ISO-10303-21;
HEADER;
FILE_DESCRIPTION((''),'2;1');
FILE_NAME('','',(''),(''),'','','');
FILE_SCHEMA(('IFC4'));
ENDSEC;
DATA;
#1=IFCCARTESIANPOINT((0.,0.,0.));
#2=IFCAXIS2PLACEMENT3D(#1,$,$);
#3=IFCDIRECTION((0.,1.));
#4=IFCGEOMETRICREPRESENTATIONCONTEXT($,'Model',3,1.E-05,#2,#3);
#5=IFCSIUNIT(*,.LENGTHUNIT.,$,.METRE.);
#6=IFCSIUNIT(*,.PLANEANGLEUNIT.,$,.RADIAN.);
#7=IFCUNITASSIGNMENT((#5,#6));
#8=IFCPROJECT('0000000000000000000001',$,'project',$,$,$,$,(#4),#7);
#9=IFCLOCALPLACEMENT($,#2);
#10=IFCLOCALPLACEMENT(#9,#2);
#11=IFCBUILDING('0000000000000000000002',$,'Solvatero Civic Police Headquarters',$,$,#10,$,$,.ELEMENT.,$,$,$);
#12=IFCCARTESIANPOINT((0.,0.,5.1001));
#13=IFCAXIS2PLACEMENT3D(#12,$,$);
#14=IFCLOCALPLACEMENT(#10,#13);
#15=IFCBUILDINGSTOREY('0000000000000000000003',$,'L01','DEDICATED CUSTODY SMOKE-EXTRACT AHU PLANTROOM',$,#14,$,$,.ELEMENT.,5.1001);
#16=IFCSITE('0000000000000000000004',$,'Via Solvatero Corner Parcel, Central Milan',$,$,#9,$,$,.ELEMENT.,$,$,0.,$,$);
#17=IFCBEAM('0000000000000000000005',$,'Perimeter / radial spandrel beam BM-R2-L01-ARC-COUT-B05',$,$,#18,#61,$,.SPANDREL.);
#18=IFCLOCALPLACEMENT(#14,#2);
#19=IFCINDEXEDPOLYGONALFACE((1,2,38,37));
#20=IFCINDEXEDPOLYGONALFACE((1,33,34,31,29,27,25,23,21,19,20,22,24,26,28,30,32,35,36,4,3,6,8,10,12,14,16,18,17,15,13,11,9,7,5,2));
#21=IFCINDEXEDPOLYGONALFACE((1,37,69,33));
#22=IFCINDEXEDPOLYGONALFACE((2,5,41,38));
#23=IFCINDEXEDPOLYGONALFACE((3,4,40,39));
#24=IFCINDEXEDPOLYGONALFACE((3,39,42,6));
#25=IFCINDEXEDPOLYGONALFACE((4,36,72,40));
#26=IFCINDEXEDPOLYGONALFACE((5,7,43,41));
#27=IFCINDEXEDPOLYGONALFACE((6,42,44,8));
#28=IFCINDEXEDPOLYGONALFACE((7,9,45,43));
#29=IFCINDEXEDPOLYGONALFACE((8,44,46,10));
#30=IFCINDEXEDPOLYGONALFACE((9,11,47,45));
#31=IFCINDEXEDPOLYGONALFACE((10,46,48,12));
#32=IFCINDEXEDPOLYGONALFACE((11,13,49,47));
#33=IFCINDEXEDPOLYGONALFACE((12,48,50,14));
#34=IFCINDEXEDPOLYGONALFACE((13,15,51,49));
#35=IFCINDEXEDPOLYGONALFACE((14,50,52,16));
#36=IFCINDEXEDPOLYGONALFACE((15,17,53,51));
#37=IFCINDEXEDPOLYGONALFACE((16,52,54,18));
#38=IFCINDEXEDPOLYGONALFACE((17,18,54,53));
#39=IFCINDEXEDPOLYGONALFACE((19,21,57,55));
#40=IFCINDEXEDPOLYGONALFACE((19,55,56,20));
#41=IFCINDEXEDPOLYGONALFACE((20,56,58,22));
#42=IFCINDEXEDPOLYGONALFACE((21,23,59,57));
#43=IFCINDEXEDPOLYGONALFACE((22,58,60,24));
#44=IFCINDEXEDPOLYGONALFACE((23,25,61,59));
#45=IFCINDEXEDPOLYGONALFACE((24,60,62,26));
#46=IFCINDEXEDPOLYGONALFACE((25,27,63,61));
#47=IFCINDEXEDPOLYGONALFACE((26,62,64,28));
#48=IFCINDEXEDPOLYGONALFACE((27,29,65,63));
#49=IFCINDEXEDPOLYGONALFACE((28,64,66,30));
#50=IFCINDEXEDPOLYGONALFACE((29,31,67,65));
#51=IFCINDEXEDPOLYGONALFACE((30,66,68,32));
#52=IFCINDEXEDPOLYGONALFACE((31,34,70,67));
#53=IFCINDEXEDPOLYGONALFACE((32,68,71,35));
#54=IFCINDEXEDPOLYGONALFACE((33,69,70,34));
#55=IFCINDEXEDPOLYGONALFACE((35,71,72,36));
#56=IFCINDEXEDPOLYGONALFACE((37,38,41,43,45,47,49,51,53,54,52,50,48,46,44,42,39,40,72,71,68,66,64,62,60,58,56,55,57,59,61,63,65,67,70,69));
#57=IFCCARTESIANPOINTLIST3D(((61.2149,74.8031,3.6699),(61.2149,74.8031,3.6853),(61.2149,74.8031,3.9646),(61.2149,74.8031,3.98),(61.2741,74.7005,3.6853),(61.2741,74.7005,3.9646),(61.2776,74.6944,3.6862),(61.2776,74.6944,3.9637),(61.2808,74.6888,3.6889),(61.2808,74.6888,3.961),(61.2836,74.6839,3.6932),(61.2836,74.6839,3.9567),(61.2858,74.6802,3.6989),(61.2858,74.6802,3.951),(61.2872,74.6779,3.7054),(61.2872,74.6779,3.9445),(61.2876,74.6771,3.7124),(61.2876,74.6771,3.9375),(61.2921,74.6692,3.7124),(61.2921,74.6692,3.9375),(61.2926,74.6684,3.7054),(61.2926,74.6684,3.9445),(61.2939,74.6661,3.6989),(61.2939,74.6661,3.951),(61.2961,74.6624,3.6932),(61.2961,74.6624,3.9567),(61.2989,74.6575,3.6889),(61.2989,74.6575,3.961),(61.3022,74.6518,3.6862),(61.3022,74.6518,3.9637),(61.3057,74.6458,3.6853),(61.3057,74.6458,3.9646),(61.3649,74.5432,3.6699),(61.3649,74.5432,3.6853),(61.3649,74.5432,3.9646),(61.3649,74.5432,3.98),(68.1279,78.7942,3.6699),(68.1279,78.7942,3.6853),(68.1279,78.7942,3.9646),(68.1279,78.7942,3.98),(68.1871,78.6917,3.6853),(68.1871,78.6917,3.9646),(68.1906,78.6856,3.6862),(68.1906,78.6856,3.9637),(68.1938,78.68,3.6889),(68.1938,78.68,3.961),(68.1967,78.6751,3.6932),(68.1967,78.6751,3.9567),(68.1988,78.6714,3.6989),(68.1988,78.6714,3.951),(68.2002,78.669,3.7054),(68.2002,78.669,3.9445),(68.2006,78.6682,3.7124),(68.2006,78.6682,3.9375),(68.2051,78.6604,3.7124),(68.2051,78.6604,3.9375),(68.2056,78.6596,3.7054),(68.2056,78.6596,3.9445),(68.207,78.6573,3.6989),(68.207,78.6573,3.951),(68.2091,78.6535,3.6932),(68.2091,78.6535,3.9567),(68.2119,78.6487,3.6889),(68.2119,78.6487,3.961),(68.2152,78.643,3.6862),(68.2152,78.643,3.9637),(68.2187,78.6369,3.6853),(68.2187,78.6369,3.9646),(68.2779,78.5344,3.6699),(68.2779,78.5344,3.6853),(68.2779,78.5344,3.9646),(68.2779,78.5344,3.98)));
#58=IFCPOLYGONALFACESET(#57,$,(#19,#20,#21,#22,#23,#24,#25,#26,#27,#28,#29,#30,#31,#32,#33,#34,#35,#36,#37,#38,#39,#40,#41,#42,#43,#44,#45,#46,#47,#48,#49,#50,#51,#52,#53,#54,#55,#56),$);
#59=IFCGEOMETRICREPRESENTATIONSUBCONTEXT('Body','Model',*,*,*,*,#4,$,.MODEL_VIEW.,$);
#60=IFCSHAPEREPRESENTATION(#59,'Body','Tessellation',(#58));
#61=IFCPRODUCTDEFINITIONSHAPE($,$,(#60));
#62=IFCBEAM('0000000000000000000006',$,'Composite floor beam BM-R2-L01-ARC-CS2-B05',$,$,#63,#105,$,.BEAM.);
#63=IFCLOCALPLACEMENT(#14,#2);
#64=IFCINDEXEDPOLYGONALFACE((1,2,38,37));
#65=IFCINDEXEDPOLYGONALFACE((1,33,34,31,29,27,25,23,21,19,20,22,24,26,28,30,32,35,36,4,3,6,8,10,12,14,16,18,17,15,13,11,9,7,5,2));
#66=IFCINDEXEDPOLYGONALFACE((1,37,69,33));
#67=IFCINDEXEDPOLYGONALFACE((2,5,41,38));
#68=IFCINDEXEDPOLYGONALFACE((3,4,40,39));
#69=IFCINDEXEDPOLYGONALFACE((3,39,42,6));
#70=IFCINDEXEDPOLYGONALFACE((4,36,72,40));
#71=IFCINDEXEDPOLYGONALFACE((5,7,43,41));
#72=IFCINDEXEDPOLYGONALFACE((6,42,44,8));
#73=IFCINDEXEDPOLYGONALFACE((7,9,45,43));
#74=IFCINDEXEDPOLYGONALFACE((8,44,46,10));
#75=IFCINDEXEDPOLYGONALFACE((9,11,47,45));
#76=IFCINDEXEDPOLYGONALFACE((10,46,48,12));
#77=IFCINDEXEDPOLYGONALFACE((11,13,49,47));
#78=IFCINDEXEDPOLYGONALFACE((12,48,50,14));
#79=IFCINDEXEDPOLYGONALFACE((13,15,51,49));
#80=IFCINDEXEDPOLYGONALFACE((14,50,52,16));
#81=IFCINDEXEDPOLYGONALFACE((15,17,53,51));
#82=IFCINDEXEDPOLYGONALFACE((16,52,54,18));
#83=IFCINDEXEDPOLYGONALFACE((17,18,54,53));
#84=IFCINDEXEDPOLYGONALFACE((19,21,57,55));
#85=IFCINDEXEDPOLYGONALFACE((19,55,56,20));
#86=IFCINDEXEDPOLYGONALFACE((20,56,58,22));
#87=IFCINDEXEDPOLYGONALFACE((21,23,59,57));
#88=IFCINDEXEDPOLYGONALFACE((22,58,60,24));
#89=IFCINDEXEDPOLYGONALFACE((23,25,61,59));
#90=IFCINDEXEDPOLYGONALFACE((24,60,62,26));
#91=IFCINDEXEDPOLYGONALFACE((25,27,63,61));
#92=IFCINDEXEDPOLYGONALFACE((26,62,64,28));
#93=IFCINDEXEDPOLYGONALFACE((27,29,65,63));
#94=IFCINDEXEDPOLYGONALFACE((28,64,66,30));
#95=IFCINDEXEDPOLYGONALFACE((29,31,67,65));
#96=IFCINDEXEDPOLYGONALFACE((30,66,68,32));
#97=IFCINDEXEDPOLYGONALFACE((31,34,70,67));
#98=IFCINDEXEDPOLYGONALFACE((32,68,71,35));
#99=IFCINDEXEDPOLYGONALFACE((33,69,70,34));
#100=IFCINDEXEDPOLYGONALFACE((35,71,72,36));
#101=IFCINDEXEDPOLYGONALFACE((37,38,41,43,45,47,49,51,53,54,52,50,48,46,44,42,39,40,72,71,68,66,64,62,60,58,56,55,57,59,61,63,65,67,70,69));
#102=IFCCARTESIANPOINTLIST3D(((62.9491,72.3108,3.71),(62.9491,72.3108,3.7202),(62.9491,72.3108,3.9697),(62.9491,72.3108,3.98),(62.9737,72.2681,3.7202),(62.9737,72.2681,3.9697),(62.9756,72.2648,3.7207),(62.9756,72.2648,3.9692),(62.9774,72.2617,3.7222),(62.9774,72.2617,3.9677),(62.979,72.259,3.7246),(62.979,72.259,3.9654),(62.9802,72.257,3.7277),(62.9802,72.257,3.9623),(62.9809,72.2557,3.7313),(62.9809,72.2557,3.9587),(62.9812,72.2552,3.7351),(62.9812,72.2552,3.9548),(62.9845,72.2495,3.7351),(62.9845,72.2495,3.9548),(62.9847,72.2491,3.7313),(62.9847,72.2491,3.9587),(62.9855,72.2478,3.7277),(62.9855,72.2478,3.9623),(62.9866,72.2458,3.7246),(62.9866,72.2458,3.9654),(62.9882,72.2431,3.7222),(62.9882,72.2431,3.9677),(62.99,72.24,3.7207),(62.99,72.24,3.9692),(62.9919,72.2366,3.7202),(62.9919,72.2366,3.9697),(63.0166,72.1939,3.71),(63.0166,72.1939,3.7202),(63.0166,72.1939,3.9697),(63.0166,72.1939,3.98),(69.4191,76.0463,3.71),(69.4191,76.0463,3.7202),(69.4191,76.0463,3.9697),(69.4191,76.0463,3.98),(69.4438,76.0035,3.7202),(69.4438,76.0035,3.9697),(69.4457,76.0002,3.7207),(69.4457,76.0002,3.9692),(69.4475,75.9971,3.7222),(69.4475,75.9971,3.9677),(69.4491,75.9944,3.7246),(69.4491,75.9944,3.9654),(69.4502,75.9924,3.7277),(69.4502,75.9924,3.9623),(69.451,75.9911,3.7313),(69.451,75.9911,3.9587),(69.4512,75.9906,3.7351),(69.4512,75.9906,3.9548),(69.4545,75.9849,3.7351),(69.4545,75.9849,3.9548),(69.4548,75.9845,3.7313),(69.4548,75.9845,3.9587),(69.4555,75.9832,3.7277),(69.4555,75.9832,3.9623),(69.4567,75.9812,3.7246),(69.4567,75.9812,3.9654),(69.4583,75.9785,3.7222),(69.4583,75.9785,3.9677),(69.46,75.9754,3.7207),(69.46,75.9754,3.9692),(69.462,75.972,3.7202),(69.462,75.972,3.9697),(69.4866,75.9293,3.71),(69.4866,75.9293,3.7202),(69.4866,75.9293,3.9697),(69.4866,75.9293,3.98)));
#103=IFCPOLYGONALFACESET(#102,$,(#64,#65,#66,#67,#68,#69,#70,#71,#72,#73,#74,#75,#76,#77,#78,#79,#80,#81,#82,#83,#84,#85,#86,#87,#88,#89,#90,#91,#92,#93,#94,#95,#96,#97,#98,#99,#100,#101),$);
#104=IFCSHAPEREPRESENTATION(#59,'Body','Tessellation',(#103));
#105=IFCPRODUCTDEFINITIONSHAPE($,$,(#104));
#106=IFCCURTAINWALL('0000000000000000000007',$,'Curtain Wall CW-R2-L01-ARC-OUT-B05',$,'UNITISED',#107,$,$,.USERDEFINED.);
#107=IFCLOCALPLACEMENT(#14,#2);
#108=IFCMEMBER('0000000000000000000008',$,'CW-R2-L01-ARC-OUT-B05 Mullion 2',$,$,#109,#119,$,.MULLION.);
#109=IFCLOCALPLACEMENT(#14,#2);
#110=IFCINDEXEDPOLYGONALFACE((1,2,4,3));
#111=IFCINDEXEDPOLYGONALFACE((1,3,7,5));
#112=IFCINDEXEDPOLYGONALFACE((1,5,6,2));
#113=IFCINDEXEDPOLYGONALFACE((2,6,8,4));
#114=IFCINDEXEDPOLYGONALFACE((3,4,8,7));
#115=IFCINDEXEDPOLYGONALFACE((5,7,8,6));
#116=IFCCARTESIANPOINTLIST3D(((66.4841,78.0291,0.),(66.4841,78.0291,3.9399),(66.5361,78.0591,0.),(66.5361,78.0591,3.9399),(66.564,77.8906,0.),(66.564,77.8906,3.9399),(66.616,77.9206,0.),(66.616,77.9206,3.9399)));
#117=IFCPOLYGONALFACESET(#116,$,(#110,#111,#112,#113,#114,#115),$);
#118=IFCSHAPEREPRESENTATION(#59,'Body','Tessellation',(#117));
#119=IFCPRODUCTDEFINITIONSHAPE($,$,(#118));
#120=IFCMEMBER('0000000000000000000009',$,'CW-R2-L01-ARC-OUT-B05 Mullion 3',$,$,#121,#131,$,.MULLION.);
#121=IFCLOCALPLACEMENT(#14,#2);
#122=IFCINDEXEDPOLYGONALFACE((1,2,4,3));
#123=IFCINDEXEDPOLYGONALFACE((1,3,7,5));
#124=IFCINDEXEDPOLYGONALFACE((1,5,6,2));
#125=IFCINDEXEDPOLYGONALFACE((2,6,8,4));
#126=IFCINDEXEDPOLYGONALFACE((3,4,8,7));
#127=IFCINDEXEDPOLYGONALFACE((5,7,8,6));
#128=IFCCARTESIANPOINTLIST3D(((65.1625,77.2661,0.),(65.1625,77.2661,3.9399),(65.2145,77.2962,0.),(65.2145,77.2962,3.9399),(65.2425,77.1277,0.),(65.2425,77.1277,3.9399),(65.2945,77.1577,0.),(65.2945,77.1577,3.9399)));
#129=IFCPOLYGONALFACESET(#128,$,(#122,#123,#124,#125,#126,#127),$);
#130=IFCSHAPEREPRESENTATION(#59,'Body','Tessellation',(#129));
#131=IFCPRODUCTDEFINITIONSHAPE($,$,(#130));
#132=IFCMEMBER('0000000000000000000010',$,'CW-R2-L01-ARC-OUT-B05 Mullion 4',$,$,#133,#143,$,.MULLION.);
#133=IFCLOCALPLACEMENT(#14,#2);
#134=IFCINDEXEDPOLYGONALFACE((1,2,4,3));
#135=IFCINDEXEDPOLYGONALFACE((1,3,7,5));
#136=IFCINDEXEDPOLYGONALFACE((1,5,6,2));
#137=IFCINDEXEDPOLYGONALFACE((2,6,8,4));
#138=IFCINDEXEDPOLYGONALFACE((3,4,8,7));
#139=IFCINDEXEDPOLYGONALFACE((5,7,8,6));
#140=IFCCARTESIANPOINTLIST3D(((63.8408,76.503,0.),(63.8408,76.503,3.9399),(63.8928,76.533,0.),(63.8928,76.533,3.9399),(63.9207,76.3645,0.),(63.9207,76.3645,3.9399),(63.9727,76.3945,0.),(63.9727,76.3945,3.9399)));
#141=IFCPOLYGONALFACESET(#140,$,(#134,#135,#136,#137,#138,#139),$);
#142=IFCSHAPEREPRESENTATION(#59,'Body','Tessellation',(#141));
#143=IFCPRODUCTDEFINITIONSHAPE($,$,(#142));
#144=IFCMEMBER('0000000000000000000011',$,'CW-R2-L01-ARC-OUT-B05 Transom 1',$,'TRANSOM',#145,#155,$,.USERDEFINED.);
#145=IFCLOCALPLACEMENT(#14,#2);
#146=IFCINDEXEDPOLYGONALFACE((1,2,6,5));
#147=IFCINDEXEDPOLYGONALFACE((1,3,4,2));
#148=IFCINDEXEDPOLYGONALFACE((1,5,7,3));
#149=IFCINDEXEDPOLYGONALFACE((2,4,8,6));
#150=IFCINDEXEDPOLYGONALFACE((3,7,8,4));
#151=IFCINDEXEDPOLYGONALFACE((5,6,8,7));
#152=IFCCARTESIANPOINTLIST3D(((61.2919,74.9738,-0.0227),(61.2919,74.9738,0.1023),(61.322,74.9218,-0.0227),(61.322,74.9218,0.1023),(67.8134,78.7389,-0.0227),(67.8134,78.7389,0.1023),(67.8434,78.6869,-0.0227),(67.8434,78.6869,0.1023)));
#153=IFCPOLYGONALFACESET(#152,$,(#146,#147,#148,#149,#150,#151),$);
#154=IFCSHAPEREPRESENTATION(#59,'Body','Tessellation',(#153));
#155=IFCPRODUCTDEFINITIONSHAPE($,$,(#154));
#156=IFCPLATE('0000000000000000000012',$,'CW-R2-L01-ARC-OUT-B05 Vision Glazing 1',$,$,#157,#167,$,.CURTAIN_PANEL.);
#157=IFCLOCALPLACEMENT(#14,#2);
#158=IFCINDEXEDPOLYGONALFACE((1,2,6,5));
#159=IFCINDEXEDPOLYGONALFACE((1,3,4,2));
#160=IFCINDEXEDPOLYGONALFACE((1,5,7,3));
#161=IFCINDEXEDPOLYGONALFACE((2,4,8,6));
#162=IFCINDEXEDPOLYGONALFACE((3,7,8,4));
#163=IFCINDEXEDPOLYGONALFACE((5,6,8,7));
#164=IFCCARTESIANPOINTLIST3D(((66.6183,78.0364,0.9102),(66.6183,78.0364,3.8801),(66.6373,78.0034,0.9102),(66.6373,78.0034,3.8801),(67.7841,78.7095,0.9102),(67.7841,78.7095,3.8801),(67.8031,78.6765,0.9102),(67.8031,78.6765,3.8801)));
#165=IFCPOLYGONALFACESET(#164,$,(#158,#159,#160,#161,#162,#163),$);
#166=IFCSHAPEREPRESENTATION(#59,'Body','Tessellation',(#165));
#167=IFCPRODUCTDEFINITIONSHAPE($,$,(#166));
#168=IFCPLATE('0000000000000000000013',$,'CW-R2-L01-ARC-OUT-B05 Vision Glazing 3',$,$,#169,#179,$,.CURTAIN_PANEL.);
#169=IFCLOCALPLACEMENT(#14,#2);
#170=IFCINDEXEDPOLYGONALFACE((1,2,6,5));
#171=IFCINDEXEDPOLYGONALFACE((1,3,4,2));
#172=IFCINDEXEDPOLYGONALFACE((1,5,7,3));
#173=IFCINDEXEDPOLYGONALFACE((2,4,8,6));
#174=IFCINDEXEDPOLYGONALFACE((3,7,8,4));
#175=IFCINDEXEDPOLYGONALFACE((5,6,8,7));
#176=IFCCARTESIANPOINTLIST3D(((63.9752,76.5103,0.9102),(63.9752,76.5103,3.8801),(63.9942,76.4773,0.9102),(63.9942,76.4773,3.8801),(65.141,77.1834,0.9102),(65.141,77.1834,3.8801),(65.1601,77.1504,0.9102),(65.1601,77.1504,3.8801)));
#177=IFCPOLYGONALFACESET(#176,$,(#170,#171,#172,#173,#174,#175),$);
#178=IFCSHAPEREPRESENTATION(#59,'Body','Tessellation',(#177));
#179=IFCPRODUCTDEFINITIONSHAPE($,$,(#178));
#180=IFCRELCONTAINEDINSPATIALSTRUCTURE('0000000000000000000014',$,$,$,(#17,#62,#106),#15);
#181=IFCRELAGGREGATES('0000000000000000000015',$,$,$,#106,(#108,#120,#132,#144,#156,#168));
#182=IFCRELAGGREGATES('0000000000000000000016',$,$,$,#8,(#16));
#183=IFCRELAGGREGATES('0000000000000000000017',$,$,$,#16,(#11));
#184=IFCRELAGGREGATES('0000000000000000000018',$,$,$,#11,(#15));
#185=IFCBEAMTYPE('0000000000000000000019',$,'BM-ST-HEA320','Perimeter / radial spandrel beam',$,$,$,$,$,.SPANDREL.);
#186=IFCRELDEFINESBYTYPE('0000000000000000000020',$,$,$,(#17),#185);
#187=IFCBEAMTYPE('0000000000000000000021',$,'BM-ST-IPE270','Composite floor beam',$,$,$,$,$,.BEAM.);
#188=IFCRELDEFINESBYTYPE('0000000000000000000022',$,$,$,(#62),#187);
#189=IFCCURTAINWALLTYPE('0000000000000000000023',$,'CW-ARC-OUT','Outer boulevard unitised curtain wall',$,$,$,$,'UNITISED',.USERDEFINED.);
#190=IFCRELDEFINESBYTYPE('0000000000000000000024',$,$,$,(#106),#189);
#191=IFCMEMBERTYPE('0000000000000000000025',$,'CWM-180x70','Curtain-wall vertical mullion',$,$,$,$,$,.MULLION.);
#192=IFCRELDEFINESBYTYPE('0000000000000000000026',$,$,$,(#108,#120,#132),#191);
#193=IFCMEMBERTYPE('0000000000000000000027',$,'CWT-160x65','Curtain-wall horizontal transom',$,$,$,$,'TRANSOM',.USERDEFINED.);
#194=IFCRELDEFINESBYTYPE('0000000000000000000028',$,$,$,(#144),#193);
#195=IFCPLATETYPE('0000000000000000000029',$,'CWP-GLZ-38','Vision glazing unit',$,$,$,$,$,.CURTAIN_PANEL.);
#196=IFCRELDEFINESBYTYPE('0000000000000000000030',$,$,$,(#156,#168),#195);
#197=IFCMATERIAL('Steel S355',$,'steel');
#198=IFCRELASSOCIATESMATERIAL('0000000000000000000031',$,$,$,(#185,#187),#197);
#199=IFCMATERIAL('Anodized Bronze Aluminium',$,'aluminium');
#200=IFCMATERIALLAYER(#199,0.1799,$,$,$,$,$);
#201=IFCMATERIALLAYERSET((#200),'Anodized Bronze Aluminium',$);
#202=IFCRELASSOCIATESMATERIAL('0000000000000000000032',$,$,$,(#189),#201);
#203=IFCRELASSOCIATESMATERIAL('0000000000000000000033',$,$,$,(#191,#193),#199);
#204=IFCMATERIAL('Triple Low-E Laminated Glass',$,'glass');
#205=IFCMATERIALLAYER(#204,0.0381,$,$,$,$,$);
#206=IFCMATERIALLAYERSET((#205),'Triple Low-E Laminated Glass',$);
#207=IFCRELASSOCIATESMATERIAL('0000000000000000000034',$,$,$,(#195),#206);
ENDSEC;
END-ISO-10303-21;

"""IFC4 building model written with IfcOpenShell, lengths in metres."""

from ifc_helpers import new_model, si_unit, direction, frame, origin, origin_2d, place, context, subcontext, project, spatial, rectangle, i_section, extrude, material, layer, layer_set, material_profile, profile_set, type_object, element, aggregate, save


model = new_model("IFC4")

# Units and contexts
model_context = context("Model", 3, precision=1e-05, world=origin(), true_north=direction((0.0, 1.0)))
body_context = subcontext(model_context, "Body", "Model", "MODEL_VIEW")
ifc_project = project(units=[si_unit("LENGTHUNIT", "METRE"), si_unit("PLANEANGLEUNIT", "RADIAN")], contexts=[model_context])

# Site, building, storey
site_placement = place(None, origin())
site = spatial("IfcSite", under=ifc_project, at=site_placement, Name="Via Solvatero Corner Parcel, Central Milan", CompositionType="ELEMENT", RefElevation=0.0)
building_placement = place(site_placement, origin())
building = spatial("IfcBuilding", under=site, at=building_placement, Name="Solvatero Civic Police Headquarters", CompositionType="ELEMENT")
storey_placement = place(building_placement, frame((0.0, 0.0, 5.1001)))
storey = spatial("IfcBuildingStorey", under=building, at=storey_placement, Name="L01", Description="DEDICATED CUSTODY SMOKE-EXTRACT AHU PLANTROOM", CompositionType="ELEMENT", Elevation=5.1001)

# Beams
ifc_material_1 = material(Name="Steel S355", Category="steel")
ifc_material_profile_1 = material_profile(ifc_material_1, i_section(OverallWidth=0.3, OverallDepth=0.3101, WebThickness=0.009, FlangeThickness=0.0154, FilletRadius=0.0271, at=origin_2d()), Name="HEA 320")
ifc_profile_set_1 = profile_set([ifc_material_profile_1], Name="Steel S355")
beam_type_1 = type_object("IfcBeamType", Name="BM-ST-HEA320", Description="Perimeter / radial spandrel beam", PredefinedType="SPANDREL", material=ifc_profile_set_1)
beam_1_placement = place(storey_placement, frame((68.2029, 78.6643, 3.825), z_axis=(-0.866029, -0.499994, 0.0), x_axis=(0.499994, -0.866029, 0.0)))
element("IfcBeam", 1, at=beam_1_placement, inside=storey, type_object=beam_type_1, Name="Perimeter / radial spandrel beam BM-R2-L01-ARC-COUT-B05", PredefinedType="SPANDREL", context=body_context, shape_type="SweptSolid", body=[
    extrude(i_section(OverallWidth=0.3, OverallDepth=0.3101, WebThickness=0.009, FlangeThickness=0.0154, FilletRadius=0.0271, at=origin_2d()), origin(), (0.0, 0.0, 1.0), 7.9824),
])
ifc_material_profile_2 = material_profile(ifc_material_1, i_section(OverallWidth=0.135, OverallDepth=0.27, WebThickness=0.0066, FlangeThickness=0.0103, FilletRadius=0.0149, at=origin_2d()), Name="IPE 270")
ifc_profile_set_2 = profile_set([ifc_material_profile_2], Name="Steel S355")
beam_type_2 = type_object("IfcBeamType", Name="BM-ST-IPE270", Description="Composite floor beam", PredefinedType="BEAM", material=ifc_profile_set_2)
beam_2_placement = place(storey_placement, frame((69.4529, 75.9878, 3.845), z_axis=(-0.86603, -0.499991, 0.0), x_axis=(0.499991, -0.86603, 0.0)))
element("IfcBeam", 2, at=beam_2_placement, inside=storey, type_object=beam_type_2, Name="Composite floor beam BM-R2-L01-ARC-CS2-B05", PredefinedType="BEAM", context=body_context, shape_type="SweptSolid", body=[
    extrude(i_section(OverallWidth=0.135, OverallDepth=0.27, WebThickness=0.0066, FlangeThickness=0.0103, FilletRadius=0.0149, at=origin_2d()), origin(), (0.0, 0.0, 1.0), 7.4709),
])

# Curtain wall, members, plates
ifc_material_2 = material(Name="Anodized Bronze Aluminium", Category="aluminium")
ifc_layer_1 = layer(ifc_material_2, 0.1799)
ifc_layer_set_1 = layer_set([ifc_layer_1], Name="Anodized Bronze Aluminium")
curtain_wall_type = type_object("IfcCurtainWallType", Name="CW-ARC-OUT", Description="Outer boulevard unitised curtain wall", ElementType="UNITISED", PredefinedType="USERDEFINED", material=ifc_layer_set_1)
curtain_wall_placement = place(storey_placement, origin())
curtain_wall = element("IfcCurtainWall", 3, at=curtain_wall_placement, inside=storey, type_object=curtain_wall_type, Name="Curtain Wall CW-R2-L01-ARC-OUT-B05", ObjectType="UNITISED", PredefinedType="USERDEFINED")
ifc_material_profile_3 = material_profile(ifc_material_2, rectangle(XDim=0.0601, YDim=0.1599, at=origin_2d()), Name="ALU MULLION 60x160")
ifc_profile_set_3 = profile_set([ifc_material_profile_3], Name="Anodized Bronze Aluminium")
member_type_1 = type_object("IfcMemberType", Name="CWM-180x70", Description="Curtain-wall vertical mullion", PredefinedType="MULLION", material=ifc_profile_set_3)
member_1_placement = place(storey_placement, frame((66.55, 77.9749, 0.0), z_axis=(0.0, 0.0, 1.0), x_axis=(-0.866025, -0.5, 0.0)))
member_1 = element("IfcMember", 4, at=member_1_placement, type_object=member_type_1, Name="CW-R2-L01-ARC-OUT-B05 Mullion 2", PredefinedType="MULLION", context=body_context, shape_type="SweptSolid", body=[
    extrude(rectangle(XDim=0.0601, YDim=0.1599, at=origin_2d()), origin(), (0.0, 0.0, 1.0), 3.9399),
])
member_2_placement = place(storey_placement, frame((65.2285, 77.2119, 0.0), z_axis=(0.0, 0.0, 1.0), x_axis=(-0.866025, -0.5, 0.0)))
member_2 = element("IfcMember", 5, at=member_2_placement, type_object=member_type_1, Name="CW-R2-L01-ARC-OUT-B05 Mullion 3", PredefinedType="MULLION", context=body_context, shape_type="SweptSolid", body=[
    extrude(rectangle(XDim=0.0601, YDim=0.1599, at=origin_2d()), origin(), (0.0, 0.0, 1.0), 3.9399),
])
member_3_placement = place(storey_placement, frame((63.9067, 76.4487, 0.0), z_axis=(0.0, 0.0, 1.0), x_axis=(-0.866025, -0.5, 0.0)))
member_3 = element("IfcMember", 6, at=member_3_placement, type_object=member_type_1, Name="CW-R2-L01-ARC-OUT-B05 Mullion 4", PredefinedType="MULLION", context=body_context, shape_type="SweptSolid", body=[
    extrude(rectangle(XDim=0.0601, YDim=0.1599, at=origin_2d()), origin(), (0.0, 0.0, 1.0), 3.9399),
])
ifc_material_profile_4 = material_profile(ifc_material_2, rectangle(XDim=0.0601, YDim=0.125, at=origin_2d()), Name="ALU TRANSOM 60x125")
ifc_profile_set_4 = profile_set([ifc_material_profile_4], Name="Anodized Bronze Aluminium")
member_type_2 = type_object("IfcMemberType", Name="CWT-160x65", Description="Curtain-wall horizontal transom", ElementType="TRANSOM", PredefinedType="USERDEFINED", material=ifc_profile_set_4)
member_4_placement = place(storey_placement, frame((67.8284, 78.7129, 0.0398), z_axis=(-0.866028, -0.499996, 0.0), x_axis=(0.499996, -0.866028, 0.0)))
member_4 = element("IfcMember", 7, at=member_4_placement, type_object=member_type_2, Name="CW-R2-L01-ARC-OUT-B05 Transom 1", ObjectType="TRANSOM", PredefinedType="USERDEFINED", context=body_context, shape_type="SweptSolid", body=[
    extrude(rectangle(XDim=0.0601, YDim=0.125, at=origin_2d()), origin(), (0.0, 0.0, 1.0), 7.5303),
])
ifc_material_3 = material(Name="Triple Low-E Laminated Glass", Category="glass")
ifc_layer_2 = layer(ifc_material_3, 0.0381)
ifc_layer_set_2 = layer_set([ifc_layer_2], Name="Triple Low-E Laminated Glass")
plate_type_1 = type_object("IfcPlateType", Name="CWP-GLZ-38", Description="Vision glazing unit", PredefinedType="CURTAIN_PANEL", material=ifc_layer_set_2)
plate_1_placement = place(storey_placement, frame((67.2107, 78.3564, 0.9102), z_axis=(0.0, 0.0, 1.0), x_axis=(-0.866025, -0.5, 0.0)))
plate_1 = element("IfcPlate", 8, at=plate_1_placement, type_object=plate_type_1, Name="CW-R2-L01-ARC-OUT-B05 Vision Glazing 1", PredefinedType="CURTAIN_PANEL", context=body_context, shape_type="SweptSolid", body=[
    extrude(rectangle(XDim=1.3462, YDim=0.0381, at=origin_2d()), origin(), (0.0, 0.0, 1.0), 2.97),
])
plate_2_placement = place(storey_placement, frame((64.5676, 76.8303, 0.9102), z_axis=(0.0, 0.0, 1.0), x_axis=(-0.866025, -0.5, 0.0)))
plate_2 = element("IfcPlate", 9, at=plate_2_placement, type_object=plate_type_1, Name="CW-R2-L01-ARC-OUT-B05 Vision Glazing 3", PredefinedType="CURTAIN_PANEL", context=body_context, shape_type="SweptSolid", body=[
    extrude(rectangle(XDim=1.3462, YDim=0.0381, at=origin_2d()), origin(), (0.0, 0.0, 1.0), 2.97),
])
aggregate(curtain_wall, [member_1, member_2, member_3, member_4, plate_1, plate_2])

save(model, "model.ifc")
